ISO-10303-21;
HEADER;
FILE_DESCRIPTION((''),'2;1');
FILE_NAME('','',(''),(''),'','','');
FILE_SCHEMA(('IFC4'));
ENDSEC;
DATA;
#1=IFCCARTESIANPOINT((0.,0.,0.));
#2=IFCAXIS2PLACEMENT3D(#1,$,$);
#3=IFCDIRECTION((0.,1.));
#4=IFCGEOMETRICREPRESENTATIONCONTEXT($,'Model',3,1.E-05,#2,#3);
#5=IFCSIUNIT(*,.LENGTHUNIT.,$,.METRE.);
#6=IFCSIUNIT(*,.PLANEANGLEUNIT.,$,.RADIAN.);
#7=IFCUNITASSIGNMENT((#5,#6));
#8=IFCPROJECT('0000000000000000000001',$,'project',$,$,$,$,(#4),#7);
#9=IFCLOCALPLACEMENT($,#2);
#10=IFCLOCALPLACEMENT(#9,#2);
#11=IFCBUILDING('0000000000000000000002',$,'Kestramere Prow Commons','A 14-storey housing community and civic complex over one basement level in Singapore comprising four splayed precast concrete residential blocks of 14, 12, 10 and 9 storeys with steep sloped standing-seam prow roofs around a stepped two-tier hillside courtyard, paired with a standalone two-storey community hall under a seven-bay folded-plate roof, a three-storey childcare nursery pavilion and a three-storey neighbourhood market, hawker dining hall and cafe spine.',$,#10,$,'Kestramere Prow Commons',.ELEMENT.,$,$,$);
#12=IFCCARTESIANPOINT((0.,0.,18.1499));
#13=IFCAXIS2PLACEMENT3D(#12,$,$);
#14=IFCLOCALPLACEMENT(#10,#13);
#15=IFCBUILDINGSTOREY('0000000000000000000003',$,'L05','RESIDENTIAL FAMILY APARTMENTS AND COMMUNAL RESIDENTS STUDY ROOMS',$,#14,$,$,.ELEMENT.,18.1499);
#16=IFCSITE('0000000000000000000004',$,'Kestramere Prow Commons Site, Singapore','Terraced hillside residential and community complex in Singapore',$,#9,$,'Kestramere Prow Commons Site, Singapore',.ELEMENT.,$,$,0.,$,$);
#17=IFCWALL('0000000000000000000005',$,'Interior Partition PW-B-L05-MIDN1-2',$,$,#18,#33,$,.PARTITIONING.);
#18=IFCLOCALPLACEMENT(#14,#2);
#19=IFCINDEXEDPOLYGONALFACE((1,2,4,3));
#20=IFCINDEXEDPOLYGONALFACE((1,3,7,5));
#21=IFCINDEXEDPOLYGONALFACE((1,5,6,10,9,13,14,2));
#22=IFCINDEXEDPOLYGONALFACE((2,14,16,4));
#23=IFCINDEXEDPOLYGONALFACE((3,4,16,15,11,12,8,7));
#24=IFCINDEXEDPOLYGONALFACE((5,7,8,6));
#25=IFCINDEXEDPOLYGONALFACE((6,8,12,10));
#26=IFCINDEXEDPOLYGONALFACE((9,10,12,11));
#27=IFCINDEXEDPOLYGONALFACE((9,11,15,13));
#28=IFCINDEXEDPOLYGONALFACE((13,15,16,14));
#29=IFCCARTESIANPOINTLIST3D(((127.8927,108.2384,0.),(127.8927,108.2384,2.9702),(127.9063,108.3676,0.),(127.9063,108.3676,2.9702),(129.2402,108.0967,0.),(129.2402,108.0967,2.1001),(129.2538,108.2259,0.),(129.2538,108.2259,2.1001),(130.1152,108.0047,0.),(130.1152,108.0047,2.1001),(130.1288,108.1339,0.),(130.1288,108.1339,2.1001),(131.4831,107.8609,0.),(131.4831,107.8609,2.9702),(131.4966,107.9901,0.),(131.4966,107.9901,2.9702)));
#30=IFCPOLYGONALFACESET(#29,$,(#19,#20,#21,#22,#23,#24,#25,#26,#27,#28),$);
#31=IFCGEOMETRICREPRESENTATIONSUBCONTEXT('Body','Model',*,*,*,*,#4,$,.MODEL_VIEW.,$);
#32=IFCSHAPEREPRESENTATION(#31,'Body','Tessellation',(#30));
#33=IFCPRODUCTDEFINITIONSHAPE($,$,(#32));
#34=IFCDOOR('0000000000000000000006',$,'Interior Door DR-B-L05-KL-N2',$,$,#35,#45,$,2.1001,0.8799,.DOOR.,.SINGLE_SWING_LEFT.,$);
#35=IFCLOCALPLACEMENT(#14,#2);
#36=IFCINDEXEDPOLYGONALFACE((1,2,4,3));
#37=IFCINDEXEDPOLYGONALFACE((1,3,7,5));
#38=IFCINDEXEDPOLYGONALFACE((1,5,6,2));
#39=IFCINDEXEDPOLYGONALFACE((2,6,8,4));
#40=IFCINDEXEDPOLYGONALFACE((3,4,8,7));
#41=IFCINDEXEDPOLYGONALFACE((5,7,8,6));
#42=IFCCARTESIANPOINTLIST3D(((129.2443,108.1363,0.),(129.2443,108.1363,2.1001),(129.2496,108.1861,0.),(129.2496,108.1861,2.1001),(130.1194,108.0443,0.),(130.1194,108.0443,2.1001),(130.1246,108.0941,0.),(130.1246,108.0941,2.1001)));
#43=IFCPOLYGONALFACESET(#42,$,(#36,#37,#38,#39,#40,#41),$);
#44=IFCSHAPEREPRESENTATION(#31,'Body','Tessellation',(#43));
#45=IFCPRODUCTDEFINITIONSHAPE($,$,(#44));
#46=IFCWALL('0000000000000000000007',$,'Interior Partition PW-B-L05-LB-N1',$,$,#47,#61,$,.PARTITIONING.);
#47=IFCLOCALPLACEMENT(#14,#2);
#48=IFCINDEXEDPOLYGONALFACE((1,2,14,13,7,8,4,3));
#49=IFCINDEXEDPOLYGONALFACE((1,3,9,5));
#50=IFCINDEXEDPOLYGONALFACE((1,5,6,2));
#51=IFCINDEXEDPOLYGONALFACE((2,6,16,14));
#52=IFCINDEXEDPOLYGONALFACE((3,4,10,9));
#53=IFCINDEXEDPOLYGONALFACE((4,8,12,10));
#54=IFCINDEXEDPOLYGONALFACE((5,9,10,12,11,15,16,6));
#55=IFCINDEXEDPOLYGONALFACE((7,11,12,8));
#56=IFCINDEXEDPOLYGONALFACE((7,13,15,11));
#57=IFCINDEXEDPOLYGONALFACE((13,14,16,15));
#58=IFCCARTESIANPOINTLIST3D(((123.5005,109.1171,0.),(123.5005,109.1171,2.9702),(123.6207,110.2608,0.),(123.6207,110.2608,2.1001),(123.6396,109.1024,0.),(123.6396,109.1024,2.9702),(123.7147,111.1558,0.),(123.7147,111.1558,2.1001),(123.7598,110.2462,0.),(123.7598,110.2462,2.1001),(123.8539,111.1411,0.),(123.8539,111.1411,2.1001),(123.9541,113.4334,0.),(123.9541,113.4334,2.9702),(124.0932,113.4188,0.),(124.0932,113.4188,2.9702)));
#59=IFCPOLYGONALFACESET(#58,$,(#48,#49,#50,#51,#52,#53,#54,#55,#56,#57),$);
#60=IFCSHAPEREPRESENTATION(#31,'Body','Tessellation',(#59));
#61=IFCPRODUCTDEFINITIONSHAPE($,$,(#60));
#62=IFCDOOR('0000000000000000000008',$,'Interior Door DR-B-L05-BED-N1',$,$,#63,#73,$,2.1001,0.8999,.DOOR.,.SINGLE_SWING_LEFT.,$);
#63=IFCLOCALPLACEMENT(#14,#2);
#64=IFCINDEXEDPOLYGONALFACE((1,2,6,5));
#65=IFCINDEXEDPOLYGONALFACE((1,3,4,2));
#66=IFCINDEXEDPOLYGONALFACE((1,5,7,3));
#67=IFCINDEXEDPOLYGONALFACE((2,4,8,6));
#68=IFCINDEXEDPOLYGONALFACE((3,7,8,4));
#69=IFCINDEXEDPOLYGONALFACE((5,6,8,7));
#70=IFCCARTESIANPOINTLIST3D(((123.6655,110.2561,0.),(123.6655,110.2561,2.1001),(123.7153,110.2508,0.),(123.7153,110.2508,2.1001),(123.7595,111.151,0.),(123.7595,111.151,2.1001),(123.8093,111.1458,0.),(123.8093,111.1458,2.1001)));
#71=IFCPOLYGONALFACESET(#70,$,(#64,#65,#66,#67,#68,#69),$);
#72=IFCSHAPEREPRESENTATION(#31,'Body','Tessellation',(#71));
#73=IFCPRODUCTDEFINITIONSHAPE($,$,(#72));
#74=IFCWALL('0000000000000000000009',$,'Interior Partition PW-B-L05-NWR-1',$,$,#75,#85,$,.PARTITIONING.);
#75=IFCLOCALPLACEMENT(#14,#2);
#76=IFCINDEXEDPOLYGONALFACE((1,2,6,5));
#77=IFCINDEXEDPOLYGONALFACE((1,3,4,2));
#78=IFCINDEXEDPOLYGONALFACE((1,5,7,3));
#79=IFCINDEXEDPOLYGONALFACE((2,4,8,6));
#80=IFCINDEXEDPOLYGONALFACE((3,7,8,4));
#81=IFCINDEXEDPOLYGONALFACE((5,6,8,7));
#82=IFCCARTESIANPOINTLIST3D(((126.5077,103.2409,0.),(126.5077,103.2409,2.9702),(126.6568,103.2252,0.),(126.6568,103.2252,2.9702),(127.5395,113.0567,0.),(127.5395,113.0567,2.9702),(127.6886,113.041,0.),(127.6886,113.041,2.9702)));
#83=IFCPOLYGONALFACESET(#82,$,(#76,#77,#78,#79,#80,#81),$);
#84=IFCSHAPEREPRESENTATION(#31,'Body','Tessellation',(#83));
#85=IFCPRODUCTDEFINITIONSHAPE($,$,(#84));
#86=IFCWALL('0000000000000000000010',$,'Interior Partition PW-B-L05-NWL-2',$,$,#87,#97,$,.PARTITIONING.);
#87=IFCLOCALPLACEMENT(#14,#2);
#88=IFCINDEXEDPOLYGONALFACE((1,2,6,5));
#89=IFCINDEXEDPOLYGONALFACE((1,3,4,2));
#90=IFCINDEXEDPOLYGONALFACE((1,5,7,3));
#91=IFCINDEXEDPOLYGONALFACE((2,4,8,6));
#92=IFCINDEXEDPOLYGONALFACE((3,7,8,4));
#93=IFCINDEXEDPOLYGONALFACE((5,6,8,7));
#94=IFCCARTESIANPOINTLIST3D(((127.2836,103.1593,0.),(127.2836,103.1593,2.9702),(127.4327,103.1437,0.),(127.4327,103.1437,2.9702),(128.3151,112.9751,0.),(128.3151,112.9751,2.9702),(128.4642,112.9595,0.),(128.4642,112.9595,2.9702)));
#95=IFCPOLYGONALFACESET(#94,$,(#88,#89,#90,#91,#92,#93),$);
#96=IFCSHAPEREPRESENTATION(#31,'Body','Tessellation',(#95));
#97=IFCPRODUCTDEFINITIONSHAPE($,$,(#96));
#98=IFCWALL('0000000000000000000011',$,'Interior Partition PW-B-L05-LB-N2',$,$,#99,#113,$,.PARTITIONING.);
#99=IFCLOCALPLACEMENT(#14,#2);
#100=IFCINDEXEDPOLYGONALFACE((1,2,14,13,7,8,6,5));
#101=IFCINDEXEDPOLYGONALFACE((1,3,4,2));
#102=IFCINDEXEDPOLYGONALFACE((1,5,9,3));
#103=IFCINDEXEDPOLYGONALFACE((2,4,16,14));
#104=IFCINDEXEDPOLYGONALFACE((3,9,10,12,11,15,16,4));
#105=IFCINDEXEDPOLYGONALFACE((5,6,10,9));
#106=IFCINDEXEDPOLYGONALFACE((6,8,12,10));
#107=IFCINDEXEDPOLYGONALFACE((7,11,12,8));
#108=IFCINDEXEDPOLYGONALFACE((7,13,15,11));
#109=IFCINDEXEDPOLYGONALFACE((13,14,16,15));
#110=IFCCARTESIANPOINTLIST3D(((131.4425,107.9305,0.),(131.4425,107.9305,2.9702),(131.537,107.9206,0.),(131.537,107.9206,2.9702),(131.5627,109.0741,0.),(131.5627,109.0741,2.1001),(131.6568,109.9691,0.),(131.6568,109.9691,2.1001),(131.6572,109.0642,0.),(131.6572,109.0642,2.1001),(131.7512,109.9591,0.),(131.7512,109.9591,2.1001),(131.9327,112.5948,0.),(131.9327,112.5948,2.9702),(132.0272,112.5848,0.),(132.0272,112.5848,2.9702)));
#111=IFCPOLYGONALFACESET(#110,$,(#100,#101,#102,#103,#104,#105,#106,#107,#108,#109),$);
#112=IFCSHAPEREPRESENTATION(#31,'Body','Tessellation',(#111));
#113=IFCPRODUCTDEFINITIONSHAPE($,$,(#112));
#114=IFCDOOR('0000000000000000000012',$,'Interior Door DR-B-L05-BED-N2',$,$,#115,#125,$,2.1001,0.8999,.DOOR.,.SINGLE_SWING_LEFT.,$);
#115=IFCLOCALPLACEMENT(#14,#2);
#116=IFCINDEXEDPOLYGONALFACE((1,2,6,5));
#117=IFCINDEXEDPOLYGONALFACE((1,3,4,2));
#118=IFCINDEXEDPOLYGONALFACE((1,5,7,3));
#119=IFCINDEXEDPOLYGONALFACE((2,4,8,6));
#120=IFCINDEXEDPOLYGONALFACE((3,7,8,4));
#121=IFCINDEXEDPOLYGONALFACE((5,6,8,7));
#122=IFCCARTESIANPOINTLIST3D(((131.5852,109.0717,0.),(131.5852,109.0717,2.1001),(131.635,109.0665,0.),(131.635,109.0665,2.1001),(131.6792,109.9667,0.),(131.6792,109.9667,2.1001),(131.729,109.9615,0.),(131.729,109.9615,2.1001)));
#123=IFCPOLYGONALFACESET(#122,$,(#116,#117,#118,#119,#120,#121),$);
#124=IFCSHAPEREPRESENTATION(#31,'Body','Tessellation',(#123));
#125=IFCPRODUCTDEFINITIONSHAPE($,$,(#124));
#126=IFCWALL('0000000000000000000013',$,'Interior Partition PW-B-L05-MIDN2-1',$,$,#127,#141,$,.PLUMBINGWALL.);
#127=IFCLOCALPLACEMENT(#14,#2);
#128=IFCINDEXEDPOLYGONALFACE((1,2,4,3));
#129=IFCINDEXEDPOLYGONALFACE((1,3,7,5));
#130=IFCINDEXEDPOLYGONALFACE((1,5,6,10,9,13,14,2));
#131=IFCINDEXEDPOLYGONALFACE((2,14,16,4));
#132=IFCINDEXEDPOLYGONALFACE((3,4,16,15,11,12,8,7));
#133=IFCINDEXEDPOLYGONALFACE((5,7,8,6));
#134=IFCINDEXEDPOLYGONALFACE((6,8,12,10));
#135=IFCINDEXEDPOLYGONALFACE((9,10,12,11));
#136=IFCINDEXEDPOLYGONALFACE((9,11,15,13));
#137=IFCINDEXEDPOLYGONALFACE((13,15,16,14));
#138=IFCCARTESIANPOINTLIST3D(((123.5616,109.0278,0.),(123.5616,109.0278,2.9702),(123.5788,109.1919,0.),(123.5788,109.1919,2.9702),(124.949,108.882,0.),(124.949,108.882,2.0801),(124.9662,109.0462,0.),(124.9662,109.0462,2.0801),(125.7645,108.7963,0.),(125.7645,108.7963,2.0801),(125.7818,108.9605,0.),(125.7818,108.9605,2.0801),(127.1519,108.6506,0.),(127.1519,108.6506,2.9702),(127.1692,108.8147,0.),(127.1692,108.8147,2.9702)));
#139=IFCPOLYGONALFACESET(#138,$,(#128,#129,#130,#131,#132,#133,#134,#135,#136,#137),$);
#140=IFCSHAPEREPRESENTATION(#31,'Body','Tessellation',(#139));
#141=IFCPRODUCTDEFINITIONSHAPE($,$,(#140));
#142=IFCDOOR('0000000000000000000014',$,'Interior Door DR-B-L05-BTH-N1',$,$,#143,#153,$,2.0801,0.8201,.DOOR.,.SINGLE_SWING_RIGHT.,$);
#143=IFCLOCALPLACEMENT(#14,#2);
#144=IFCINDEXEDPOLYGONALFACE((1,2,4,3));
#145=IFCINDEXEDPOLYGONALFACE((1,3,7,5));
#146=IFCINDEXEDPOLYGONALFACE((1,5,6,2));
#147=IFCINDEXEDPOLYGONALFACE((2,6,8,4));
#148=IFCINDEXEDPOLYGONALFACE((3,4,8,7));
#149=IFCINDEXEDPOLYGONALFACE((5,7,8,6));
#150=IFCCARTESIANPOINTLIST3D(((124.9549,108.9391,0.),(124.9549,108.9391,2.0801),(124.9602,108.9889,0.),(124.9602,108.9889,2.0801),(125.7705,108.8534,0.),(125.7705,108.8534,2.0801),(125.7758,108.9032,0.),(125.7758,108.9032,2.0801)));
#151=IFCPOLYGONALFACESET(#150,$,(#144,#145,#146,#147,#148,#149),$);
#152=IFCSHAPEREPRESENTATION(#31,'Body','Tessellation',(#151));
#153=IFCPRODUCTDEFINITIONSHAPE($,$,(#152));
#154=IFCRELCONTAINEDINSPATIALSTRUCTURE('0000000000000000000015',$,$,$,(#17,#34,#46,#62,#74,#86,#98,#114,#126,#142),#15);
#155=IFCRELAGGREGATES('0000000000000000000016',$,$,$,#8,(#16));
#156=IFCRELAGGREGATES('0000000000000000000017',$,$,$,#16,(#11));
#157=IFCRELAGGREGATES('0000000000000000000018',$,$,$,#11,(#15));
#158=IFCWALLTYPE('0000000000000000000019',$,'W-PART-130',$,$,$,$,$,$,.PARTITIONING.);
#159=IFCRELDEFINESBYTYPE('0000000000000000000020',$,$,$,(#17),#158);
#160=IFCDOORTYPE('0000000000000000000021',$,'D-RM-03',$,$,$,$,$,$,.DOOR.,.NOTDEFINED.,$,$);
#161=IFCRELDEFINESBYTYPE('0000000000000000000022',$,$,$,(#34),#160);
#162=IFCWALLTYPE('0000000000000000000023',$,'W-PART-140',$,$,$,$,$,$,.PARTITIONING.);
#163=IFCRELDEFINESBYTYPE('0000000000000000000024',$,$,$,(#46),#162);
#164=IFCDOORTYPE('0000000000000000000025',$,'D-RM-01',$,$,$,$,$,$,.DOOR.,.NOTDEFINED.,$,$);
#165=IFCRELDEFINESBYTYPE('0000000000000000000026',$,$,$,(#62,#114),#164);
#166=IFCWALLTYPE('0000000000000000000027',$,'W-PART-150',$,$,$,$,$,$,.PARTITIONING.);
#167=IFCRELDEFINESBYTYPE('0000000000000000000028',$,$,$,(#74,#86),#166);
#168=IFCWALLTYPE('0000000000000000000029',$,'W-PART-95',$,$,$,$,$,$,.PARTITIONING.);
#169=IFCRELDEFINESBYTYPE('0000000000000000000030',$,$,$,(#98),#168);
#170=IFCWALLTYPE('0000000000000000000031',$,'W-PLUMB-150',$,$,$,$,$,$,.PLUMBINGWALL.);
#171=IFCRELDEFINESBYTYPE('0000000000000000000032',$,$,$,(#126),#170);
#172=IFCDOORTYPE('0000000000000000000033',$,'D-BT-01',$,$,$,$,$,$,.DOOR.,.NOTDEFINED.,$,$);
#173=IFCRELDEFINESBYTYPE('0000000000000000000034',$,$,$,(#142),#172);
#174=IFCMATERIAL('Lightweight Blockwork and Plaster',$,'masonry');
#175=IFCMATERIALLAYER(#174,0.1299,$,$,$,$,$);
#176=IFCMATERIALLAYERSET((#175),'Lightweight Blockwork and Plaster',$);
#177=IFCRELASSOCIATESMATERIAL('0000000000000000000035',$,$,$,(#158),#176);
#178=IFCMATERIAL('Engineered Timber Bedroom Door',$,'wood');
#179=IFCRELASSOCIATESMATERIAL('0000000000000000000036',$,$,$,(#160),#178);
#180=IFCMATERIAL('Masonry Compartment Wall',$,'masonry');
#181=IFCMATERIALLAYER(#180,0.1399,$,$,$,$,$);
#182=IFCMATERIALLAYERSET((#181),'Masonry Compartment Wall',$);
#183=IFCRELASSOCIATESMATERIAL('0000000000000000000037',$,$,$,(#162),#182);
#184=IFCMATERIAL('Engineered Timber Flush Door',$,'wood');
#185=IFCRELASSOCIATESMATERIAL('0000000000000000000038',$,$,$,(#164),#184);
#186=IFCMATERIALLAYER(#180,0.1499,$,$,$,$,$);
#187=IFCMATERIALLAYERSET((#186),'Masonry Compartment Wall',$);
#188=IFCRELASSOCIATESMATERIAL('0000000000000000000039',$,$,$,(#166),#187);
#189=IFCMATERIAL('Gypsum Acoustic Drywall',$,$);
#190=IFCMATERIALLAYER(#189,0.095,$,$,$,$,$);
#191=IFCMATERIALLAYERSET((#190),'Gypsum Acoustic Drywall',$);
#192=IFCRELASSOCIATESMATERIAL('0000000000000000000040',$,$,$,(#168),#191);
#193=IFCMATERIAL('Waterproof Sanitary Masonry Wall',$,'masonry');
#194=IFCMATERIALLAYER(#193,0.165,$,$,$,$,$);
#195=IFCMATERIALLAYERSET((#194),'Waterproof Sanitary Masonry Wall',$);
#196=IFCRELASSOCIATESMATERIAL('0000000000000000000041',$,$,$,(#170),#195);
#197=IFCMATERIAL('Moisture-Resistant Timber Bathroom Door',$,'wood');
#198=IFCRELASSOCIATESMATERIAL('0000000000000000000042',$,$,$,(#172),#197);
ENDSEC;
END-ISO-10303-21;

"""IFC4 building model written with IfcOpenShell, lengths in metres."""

from ifc_helpers import new_model, si_unit, direction, frame, frame_2d, origin, place, context, subcontext, project, spatial, rectangle, extrude, material, layer, layer_set, type_object, element, fill, save


model = new_model("IFC4")

# Units and contexts
model_context = context("Model", 3, precision=1e-05, world=origin(), true_north=direction((0.0, 1.0)))
body_context = subcontext(model_context, "Body", "Model", "MODEL_VIEW")
ifc_project = project(units=[si_unit("LENGTHUNIT", "METRE"), si_unit("PLANEANGLEUNIT", "RADIAN")], contexts=[model_context])

# Site, building, storey
site_placement = place(None, origin())
site = spatial("IfcSite", under=ifc_project, at=site_placement, Name="Kestramere Prow Commons Site, Singapore", Description="Terraced hillside residential and community complex in Singapore", LongName="Kestramere Prow Commons Site, Singapore", CompositionType="ELEMENT", RefElevation=0.0)
building_placement = place(site_placement, origin())
building = spatial("IfcBuilding", under=site, at=building_placement, Name="Kestramere Prow Commons", Description="A 14-storey housing community and civic complex over one basement level in Singapore comprising four splayed precast concrete residential blocks of 14, 12, 10 and 9 storeys with steep sloped standing-seam prow roofs around a stepped two-tier hillside courtyard, paired with a standalone two-storey community hall under a seven-bay folded-plate roof, a three-storey childcare nursery pavilion and a three-storey neighbourhood market, hawker dining hall and cafe spine.", LongName="Kestramere Prow Commons", CompositionType="ELEMENT")
storey_placement = place(building_placement, frame((0.0, 0.0, 18.1499)))
storey = spatial("IfcBuildingStorey", under=building, at=storey_placement, Name="L05", Description="RESIDENTIAL FAMILY APARTMENTS AND COMMUNAL RESIDENTS STUDY ROOMS", CompositionType="ELEMENT", Elevation=18.1499)

# Walls, openings, doors
ifc_material_1 = material(Name="Lightweight Blockwork and Plaster", Category="masonry")
ifc_layer_1 = layer(ifc_material_1, 0.1299)
ifc_layer_set_1 = layer_set([ifc_layer_1], Name="Lightweight Blockwork and Plaster")
wall_type_1 = type_object("IfcWallType", Name="W-PART-130", PredefinedType="PARTITIONING", material=ifc_layer_set_1)
wall_1_placement = place(storey_placement, frame((127.8994, 108.303, 0.0), z_axis=(0.0, 0.0, 1.0), x_axis=(0.99452, -0.104551, 0.0)))
wall_1 = element("IfcWall", 1, at=wall_1_placement, inside=storey, type_object=wall_type_1, Name="Interior Partition PW-B-L05-MIDN1-2", PredefinedType="PARTITIONING", context=body_context, shape_type="SweptSolid", body=[
    extrude(rectangle(XDim=3.6101, YDim=0.1299, at=frame_2d((1.8052, 0.0))), origin(), (0.0, 0.0, 1.0), 2.9702),
])
opening_1_placement = place(wall_1_placement, frame((1.355, 0.0, 0.0)))
opening_1 = element("IfcOpeningElement", 2, at=opening_1_placement, cuts=wall_1, PredefinedType="OPENING", context=body_context, shape_type="SweptSolid", body=[
    extrude(rectangle(XDim=0.8799, YDim=2.1001, at=frame_2d((0.4399, 1.05))), frame((0.0, 0.0798, 0.0), z_axis=(0.0, -1.0, 0.0), x_axis=(1.0, 0.0, 0.0)), (0.0, 0.0, 1.0), 0.1599),
])
ifc_material_2 = material(Name="Engineered Timber Bedroom Door", Category="wood")
door_type_1 = type_object("IfcDoorType", Name="D-RM-03", OperationType="NOTDEFINED", PredefinedType="DOOR", material=ifc_material_2)
door_1_placement = place(opening_1_placement, origin())
door_1 = element("IfcDoor", 3, at=door_1_placement, inside=storey, type_object=door_type_1, Name="Interior Door DR-B-L05-KL-N2", OperationType="SINGLE_SWING_LEFT", OverallHeight=2.1001, OverallWidth=0.8799, PredefinedType="DOOR", context=body_context, shape_type="SweptSolid", body=[
    extrude(rectangle(XDim=0.8799, YDim=2.1001, at=frame_2d((0.4399, 1.05))), frame((0.0, 0.0249, 0.0), z_axis=(0.0, -1.0, 0.0), x_axis=(1.0, 0.0, 0.0)), (0.0, 0.0, 1.0), 0.05),
])
fill(opening_1, door_1)
ifc_material_3 = material(Name="Masonry Compartment Wall", Category="masonry")
ifc_layer_2 = layer(ifc_material_3, 0.1399)
ifc_layer_set_2 = layer_set([ifc_layer_2], Name="Masonry Compartment Wall")
wall_type_2 = type_object("IfcWallType", Name="W-PART-140", PredefinedType="PARTITIONING", material=ifc_layer_set_2)
wall_2_placement = place(storey_placement, frame((123.5701, 109.1099, 0.0), z_axis=(0.0, 0.0, 1.0), x_axis=(0.104515, 0.994523, 0.0)))
wall_2 = element("IfcWall", 4, at=wall_2_placement, inside=storey, type_object=wall_type_2, Name="Interior Partition PW-B-L05-LB-N1", PredefinedType="PARTITIONING", context=body_context, shape_type="SweptSolid", body=[
    extrude(rectangle(XDim=4.3401, YDim=0.1399, at=frame_2d((2.1699, 0.0))), origin(), (0.0, 0.0, 1.0), 2.9702),
])
opening_2_placement = place(wall_2_placement, frame((1.1499, 0.0, 0.0)))
opening_2 = element("IfcOpeningElement", 5, at=opening_2_placement, cuts=wall_2, PredefinedType="OPENING", context=body_context, shape_type="SweptSolid", body=[
    extrude(rectangle(XDim=0.8999, YDim=2.1001, at=frame_2d((0.45, 1.05))), frame((0.0, 0.085, 0.0), z_axis=(0.0, -1.0, 0.0), x_axis=(1.0, 0.0, 0.0)), (0.0, 0.0, 1.0), 0.1699),
])
ifc_material_4 = material(Name="Engineered Timber Flush Door", Category="wood")
door_type_2 = type_object("IfcDoorType", Name="D-RM-01", OperationType="NOTDEFINED", PredefinedType="DOOR", material=ifc_material_4)
door_2_placement = place(opening_2_placement, origin())
door_2 = element("IfcDoor", 6, at=door_2_placement, inside=storey, type_object=door_type_2, Name="Interior Door DR-B-L05-BED-N1", OperationType="SINGLE_SWING_LEFT", OverallHeight=2.1001, OverallWidth=0.8999, PredefinedType="DOOR", context=body_context, shape_type="SweptSolid", body=[
    extrude(rectangle(XDim=0.8999, YDim=2.1001, at=frame_2d((0.45, 1.05))), frame((0.0, 0.0249, 0.0), z_axis=(0.0, -1.0, 0.0), x_axis=(1.0, 0.0, 0.0)), (0.0, 0.0, 1.0), 0.05),
])
fill(opening_2, door_2)

# Walls
ifc_layer_3 = layer(ifc_material_3, 0.1499)
ifc_layer_set_3 = layer_set([ifc_layer_3], Name="Masonry Compartment Wall")
wall_type_3 = type_object("IfcWallType", Name="W-PART-150", PredefinedType="PARTITIONING", material=ifc_layer_set_3)
for number, where, z_axis, x_axis, name in (
    (7, (126.5823, 103.2329, 0.0), (0.0, 0.0, 1.0), (0.104533, 0.994521, 0.0), "Interior Partition PW-B-L05-NWR-1"),
    (8, (127.3582, 103.1514, 0.0), (0.0, 0.0, 1.0), (0.104508, 0.994524, 0.0), "Interior Partition PW-B-L05-NWL-2"),
):
    element("IfcWall", number, at=place(storey_placement, frame(where, z_axis=z_axis, x_axis=x_axis)), inside=storey, type_object=wall_type_3, Name=name, PredefinedType="PARTITIONING", context=body_context, shape_type="SweptSolid", body=[
        extrude(rectangle(XDim=9.8699, YDim=0.1499, at=frame_2d((4.9351, 0.0))), origin(), (0.0, 0.0, 1.0), 2.9702),
    ])

# Walls, openings, doors
ifc_material_5 = material(Name="Gypsum Acoustic Drywall")
ifc_layer_4 = layer(ifc_material_5, 0.095)
ifc_layer_set_4 = layer_set([ifc_layer_4], Name="Gypsum Acoustic Drywall")
wall_type_4 = type_object("IfcWallType", Name="W-PART-95", PredefinedType="PARTITIONING", material=ifc_layer_set_4)
wall_3_placement = place(storey_placement, frame((131.4897, 107.9255, 0.0), z_axis=(0.0, 0.0, 1.0), x_axis=(0.104528, 0.994522, 0.0)))
wall_3 = element("IfcWall", 9, at=wall_3_placement, inside=storey, type_object=wall_type_4, Name="Interior Partition PW-B-L05-LB-N2", PredefinedType="PARTITIONING", context=body_context, shape_type="SweptSolid", body=[
    extrude(rectangle(XDim=4.6899, YDim=0.095, at=frame_2d((2.345, 0.0))), origin(), (0.0, 0.0, 1.0), 2.9702),
])
opening_3_placement = place(wall_3_placement, frame((1.1499, 0.0, 0.0)))
opening_3 = element("IfcOpeningElement", 10, at=opening_3_placement, cuts=wall_3, PredefinedType="OPENING", context=body_context, shape_type="SweptSolid", body=[
    extrude(rectangle(XDim=0.8999, YDim=2.1001, at=frame_2d((0.45, 1.05))), frame((0.0, 0.0625, 0.0), z_axis=(0.0, -1.0, 0.0), x_axis=(1.0, 0.0, 0.0)), (0.0, 0.0, 1.0), 0.125),
])
door_3_placement = place(opening_3_placement, origin())
door_3 = element("IfcDoor", 11, at=door_3_placement, inside=storey, type_object=door_type_2, Name="Interior Door DR-B-L05-BED-N2", OperationType="SINGLE_SWING_LEFT", OverallHeight=2.1001, OverallWidth=0.8999, PredefinedType="DOOR", context=body_context, shape_type="SweptSolid", body=[
    extrude(rectangle(XDim=0.8999, YDim=2.1001, at=frame_2d((0.45, 1.05))), frame((0.0, 0.0249, 0.0), z_axis=(0.0, -1.0, 0.0), x_axis=(1.0, 0.0, 0.0)), (0.0, 0.0, 1.0), 0.05),
])
fill(opening_3, door_3)
ifc_material_6 = material(Name="Waterproof Sanitary Masonry Wall", Category="masonry")
ifc_layer_5 = layer(ifc_material_6, 0.165)
ifc_layer_set_5 = layer_set([ifc_layer_5], Name="Waterproof Sanitary Masonry Wall")
wall_type_5 = type_object("IfcWallType", Name="W-PLUMB-150", PredefinedType="PLUMBINGWALL", material=ifc_layer_set_5)
wall_4_placement = place(storey_placement, frame((123.5701, 109.1099, 0.0), z_axis=(0.0, 0.0, 1.0), x_axis=(0.994527, -0.104484, 0.0)))
wall_4 = element("IfcWall", 12, at=wall_4_placement, inside=storey, type_object=wall_type_5, Name="Interior Partition PW-B-L05-MIDN2-1", PredefinedType="PLUMBINGWALL", context=body_context, shape_type="SweptSolid", body=[
    extrude(rectangle(XDim=3.6101, YDim=0.165, at=frame_2d((1.8052, 0.0))), origin(), (0.0, 0.0, 1.0), 2.9702),
])
opening_4_placement = place(wall_4_placement, frame((1.395, 0.0, 0.0)))
opening_4 = element("IfcOpeningElement", 13, at=opening_4_placement, cuts=wall_4, PredefinedType="OPENING", context=body_context, shape_type="SweptSolid", body=[
    extrude(rectangle(XDim=0.8201, YDim=2.0801, at=frame_2d((0.4102, 1.04))), frame((0.0, 0.0974, 0.0), z_axis=(0.0, -1.0, 0.0), x_axis=(1.0, 0.0, 0.0)), (0.0, 0.0, 1.0), 0.1951),
])
ifc_material_7 = material(Name="Moisture-Resistant Timber Bathroom Door", Category="wood")
door_type_3 = type_object("IfcDoorType", Name="D-BT-01", OperationType="NOTDEFINED", PredefinedType="DOOR", material=ifc_material_7)
door_4_placement = place(opening_4_placement, origin())
door_4 = element("IfcDoor", 14, at=door_4_placement, inside=storey, type_object=door_type_3, Name="Interior Door DR-B-L05-BTH-N1", OperationType="SINGLE_SWING_RIGHT", OverallHeight=2.0801, OverallWidth=0.8201, PredefinedType="DOOR", context=body_context, shape_type="SweptSolid", body=[
    extrude(rectangle(XDim=0.8201, YDim=2.0801, at=frame_2d((0.4102, 1.04))), frame((0.0, 0.0249, 0.0), z_axis=(0.0, -1.0, 0.0), x_axis=(1.0, 0.0, 0.0)), (0.0, 0.0, 1.0), 0.05),
])
fill(opening_4, door_4)

save(model, "model.ifc")
